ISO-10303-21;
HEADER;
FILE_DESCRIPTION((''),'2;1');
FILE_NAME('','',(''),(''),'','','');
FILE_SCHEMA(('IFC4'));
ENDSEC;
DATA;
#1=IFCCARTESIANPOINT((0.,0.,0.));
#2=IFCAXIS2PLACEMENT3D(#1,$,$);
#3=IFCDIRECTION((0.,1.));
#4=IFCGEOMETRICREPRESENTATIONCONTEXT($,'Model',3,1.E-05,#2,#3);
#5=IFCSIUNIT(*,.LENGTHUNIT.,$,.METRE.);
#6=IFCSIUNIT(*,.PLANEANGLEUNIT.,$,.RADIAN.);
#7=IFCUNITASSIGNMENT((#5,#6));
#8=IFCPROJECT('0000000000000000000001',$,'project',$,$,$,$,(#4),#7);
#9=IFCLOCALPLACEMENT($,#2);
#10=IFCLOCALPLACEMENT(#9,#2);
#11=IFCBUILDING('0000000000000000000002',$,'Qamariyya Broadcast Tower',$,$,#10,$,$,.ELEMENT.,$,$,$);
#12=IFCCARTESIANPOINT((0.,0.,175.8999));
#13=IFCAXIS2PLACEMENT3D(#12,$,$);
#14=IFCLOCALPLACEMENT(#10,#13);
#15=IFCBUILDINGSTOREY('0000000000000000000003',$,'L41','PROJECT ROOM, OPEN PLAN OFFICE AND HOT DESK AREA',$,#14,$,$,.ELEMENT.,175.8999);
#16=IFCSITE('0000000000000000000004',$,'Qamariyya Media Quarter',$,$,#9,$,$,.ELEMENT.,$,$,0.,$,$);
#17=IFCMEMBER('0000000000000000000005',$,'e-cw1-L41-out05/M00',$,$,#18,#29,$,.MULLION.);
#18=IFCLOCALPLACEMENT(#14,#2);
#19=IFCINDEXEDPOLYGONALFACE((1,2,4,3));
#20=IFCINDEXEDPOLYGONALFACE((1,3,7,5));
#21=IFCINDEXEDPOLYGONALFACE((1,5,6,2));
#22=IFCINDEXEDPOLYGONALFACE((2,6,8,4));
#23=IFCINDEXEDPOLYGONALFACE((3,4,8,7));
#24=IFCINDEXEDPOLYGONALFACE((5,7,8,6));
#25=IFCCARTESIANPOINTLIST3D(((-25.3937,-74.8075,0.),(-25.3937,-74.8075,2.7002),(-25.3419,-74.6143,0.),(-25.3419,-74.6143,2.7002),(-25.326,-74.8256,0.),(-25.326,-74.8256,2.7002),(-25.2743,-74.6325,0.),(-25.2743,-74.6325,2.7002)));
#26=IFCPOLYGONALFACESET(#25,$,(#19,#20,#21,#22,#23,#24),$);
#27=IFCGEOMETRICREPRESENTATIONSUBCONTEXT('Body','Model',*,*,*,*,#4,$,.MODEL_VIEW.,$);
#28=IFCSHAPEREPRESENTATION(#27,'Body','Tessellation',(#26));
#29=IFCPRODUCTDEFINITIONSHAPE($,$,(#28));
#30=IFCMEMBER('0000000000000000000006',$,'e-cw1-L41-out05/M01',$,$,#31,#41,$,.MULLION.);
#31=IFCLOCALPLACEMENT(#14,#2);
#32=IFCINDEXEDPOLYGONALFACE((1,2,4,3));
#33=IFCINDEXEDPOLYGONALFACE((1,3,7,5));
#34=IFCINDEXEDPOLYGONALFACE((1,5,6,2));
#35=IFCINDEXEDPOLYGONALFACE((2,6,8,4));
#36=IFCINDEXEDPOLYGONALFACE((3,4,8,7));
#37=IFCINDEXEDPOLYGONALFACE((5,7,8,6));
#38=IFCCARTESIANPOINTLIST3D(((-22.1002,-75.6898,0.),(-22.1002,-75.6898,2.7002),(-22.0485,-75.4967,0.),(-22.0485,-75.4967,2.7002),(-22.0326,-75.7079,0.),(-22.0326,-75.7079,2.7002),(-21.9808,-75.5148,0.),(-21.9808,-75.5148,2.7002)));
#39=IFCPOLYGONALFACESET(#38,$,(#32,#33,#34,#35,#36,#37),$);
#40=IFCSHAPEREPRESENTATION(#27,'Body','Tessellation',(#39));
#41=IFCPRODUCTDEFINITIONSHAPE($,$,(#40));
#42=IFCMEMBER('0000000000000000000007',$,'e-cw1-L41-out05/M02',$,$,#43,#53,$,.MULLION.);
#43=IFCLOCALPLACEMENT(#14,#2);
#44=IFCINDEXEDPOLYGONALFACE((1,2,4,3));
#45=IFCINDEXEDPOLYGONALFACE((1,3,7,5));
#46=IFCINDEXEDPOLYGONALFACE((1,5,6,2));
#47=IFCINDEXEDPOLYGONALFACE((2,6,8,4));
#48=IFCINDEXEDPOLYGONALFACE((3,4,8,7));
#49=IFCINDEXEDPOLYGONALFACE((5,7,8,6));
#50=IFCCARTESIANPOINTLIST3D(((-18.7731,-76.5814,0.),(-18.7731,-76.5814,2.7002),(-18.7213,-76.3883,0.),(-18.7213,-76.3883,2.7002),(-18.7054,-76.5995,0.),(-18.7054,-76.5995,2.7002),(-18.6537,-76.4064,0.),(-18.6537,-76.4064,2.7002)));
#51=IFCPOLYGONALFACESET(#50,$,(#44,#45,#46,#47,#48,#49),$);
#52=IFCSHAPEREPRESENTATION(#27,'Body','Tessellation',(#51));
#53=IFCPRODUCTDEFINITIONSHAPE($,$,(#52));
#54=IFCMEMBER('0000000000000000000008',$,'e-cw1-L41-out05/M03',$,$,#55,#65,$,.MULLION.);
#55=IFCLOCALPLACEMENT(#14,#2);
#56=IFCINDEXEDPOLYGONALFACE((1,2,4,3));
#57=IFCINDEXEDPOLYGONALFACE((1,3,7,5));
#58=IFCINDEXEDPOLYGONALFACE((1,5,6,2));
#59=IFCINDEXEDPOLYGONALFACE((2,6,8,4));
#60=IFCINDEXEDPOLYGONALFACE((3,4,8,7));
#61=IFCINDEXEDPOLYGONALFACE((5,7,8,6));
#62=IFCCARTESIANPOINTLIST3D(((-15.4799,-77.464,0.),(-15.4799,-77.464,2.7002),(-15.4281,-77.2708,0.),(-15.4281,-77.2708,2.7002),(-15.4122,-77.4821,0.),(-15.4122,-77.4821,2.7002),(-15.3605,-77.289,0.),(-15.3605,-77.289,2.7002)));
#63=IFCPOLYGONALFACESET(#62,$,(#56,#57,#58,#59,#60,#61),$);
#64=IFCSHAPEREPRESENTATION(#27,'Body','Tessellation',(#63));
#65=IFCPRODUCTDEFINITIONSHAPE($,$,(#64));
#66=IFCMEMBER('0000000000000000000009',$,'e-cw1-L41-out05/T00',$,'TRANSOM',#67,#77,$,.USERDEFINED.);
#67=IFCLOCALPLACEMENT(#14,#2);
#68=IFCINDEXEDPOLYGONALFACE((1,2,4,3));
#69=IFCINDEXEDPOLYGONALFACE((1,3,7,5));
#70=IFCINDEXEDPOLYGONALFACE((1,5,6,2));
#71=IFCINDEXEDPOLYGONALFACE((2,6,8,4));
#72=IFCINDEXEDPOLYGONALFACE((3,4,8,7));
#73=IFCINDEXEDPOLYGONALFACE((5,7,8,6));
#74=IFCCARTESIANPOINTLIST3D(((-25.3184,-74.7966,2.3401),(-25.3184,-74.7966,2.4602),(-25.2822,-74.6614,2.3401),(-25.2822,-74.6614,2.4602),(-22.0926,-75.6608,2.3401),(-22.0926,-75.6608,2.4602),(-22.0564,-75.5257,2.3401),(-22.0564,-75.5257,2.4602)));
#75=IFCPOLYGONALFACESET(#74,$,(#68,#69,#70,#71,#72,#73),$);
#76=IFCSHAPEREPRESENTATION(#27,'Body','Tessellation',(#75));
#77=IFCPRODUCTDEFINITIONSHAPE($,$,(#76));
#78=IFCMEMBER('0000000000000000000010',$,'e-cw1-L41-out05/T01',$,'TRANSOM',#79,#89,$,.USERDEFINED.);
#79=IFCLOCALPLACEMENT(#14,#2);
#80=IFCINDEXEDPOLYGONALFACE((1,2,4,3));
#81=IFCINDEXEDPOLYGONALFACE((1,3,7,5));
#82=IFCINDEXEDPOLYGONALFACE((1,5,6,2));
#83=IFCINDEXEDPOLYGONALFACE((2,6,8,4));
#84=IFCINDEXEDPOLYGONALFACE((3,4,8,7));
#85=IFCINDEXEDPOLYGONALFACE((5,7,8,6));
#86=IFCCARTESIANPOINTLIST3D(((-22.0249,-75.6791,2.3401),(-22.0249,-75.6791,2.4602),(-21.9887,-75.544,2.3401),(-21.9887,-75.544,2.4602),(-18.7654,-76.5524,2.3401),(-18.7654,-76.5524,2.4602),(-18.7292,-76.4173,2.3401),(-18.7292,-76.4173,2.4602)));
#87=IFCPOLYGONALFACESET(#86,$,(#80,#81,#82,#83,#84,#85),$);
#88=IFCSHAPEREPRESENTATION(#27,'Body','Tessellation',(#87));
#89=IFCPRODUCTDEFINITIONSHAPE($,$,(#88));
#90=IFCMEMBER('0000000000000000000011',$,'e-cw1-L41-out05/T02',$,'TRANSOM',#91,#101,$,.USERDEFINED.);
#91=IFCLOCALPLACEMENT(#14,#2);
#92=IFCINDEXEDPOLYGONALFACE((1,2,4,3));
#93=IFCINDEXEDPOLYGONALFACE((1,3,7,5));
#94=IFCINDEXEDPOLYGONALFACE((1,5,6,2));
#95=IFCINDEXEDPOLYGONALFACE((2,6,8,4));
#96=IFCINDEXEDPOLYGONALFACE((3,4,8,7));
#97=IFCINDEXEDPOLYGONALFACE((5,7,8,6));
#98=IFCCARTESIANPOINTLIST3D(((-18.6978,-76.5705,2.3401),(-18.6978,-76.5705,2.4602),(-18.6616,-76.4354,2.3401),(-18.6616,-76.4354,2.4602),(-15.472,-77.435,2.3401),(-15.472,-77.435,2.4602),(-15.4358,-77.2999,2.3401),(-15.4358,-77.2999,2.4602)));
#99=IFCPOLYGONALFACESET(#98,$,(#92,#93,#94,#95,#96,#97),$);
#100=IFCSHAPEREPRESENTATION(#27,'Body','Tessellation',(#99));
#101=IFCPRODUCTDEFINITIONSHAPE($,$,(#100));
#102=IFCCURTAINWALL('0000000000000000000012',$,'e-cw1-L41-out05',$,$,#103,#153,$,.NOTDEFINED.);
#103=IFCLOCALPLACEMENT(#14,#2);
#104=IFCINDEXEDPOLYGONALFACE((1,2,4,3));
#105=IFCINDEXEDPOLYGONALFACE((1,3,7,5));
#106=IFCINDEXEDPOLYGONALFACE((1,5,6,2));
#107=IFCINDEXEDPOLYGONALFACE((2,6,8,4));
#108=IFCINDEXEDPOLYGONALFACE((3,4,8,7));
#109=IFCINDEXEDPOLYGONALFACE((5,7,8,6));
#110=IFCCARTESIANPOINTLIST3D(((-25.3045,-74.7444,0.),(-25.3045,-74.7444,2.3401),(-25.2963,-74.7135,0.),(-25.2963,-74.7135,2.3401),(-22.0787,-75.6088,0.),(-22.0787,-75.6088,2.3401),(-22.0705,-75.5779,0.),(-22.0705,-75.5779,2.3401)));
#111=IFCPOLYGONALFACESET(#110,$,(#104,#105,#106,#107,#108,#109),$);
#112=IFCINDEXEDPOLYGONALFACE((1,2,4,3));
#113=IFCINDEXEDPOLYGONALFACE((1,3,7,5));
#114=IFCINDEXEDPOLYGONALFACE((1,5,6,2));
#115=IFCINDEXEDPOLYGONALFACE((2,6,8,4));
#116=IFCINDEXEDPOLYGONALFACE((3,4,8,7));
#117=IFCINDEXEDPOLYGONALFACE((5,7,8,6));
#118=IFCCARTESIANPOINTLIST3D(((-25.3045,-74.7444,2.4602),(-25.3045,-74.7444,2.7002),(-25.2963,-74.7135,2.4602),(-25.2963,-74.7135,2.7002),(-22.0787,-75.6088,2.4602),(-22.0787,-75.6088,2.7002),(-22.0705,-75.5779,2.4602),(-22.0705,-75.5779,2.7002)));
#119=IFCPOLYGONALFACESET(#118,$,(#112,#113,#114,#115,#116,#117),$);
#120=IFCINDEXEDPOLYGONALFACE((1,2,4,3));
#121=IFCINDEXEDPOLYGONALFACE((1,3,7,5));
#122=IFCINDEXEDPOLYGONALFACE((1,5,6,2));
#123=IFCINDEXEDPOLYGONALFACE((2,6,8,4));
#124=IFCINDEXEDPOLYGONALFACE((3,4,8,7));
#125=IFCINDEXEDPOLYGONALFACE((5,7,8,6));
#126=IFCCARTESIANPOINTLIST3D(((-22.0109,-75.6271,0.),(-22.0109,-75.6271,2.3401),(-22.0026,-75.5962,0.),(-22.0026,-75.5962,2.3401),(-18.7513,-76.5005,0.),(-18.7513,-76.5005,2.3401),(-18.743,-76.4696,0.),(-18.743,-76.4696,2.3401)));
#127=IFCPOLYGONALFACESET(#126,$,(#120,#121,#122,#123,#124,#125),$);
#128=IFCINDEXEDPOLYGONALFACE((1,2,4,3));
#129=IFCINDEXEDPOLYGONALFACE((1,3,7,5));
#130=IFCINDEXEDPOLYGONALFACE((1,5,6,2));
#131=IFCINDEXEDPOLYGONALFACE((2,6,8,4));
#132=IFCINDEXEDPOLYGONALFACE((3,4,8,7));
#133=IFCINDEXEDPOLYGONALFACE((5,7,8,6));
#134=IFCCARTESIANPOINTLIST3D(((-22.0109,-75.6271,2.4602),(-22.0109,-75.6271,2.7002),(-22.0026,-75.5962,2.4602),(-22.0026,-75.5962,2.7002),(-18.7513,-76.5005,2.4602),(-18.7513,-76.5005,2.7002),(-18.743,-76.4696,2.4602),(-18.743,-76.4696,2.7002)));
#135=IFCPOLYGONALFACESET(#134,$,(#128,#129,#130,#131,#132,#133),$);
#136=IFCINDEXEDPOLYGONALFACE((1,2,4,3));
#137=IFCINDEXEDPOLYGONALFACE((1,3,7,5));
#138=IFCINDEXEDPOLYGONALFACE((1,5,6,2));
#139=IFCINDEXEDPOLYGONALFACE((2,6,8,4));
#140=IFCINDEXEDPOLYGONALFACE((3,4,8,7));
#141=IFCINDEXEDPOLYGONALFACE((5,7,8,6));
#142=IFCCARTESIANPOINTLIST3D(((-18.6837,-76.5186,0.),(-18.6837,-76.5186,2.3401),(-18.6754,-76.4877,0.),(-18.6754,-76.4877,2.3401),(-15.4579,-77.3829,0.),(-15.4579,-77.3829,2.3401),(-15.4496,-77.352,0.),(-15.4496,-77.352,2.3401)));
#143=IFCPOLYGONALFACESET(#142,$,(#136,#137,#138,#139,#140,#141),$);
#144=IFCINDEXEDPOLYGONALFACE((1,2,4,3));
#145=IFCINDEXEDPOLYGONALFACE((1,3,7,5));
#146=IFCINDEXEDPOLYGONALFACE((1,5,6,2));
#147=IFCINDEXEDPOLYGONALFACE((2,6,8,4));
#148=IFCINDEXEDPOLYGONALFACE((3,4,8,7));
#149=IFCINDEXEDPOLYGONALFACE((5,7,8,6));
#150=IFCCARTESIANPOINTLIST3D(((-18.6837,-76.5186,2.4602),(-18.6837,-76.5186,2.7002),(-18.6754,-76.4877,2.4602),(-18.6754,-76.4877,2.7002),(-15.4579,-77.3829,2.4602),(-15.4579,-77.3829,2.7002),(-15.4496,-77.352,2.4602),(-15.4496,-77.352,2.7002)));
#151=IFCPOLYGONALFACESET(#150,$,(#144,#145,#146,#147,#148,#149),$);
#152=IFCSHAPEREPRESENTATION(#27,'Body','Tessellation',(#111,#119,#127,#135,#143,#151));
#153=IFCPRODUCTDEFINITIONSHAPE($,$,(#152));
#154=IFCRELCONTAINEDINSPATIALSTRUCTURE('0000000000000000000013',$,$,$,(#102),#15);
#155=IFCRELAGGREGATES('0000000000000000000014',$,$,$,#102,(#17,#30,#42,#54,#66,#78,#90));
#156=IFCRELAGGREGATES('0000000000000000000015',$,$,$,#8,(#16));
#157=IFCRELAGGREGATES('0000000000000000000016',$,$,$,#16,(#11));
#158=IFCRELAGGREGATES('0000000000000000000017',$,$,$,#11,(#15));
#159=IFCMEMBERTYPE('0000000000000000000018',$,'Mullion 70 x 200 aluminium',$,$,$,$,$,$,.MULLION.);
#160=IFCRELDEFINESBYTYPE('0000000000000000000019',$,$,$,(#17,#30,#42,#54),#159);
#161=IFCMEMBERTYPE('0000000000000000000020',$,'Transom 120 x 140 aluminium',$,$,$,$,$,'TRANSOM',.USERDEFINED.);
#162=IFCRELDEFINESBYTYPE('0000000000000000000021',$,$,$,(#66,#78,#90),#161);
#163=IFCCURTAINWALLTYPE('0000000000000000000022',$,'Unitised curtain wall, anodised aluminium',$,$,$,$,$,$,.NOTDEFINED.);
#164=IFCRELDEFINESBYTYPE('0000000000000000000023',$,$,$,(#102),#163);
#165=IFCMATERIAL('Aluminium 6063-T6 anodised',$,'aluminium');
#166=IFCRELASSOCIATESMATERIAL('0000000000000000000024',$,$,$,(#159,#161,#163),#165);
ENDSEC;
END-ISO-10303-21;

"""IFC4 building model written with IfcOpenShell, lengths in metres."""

from ifc_helpers import new_model, si_unit, direction, frame, origin, origin_2d, place, context, subcontext, project, spatial, rectangle, extrude, material, material_profile, profile_set, type_object, element, aggregate, save


model = new_model("IFC4")

# Units and contexts
model_context = context("Model", 3, precision=1e-05, world=origin(), true_north=direction((0.0, 1.0)))
body_context = subcontext(model_context, "Body", "Model", "MODEL_VIEW")
ifc_project = project(units=[si_unit("LENGTHUNIT", "METRE"), si_unit("PLANEANGLEUNIT", "RADIAN")], contexts=[model_context])

# Members
ifc_material_1 = material(Name="Aluminium 6063-T6 anodised", Category="aluminium")
ifc_material_profile_1 = material_profile(ifc_material_1, rectangle(XDim=0.2, YDim=0.0701, at=origin_2d()))
ifc_profile_set_1 = profile_set([ifc_material_profile_1], Name="Aluminium 6063-T6 anodised")
member_type_1 = type_object("IfcMemberType", Name="Mullion 70 x 200 aluminium", PredefinedType="MULLION", material=ifc_profile_set_1)
site_placement = place(None, origin())
building_placement = place(site_placement, origin())
storey_placement = place(building_placement, frame((0.0, 0.0, 175.8999)))
member_1_placement = place(storey_placement, frame((-25.334, -74.72, 0.0), z_axis=(0.0, 0.0, 1.0), x_axis=(0.258819, 0.965926, 0.0)))
member_1 = element("IfcMember", 1, at=member_1_placement, type_object=member_type_1, Name="e-cw1-L41-out05/M00", PredefinedType="MULLION", context=body_context, shape_type="SweptSolid", body=[
    extrude(rectangle(XDim=0.2, YDim=0.0701, at=origin_2d()), origin(), (0.0, 0.0, 1.0), 2.7002),
])
member_2_placement = place(storey_placement, frame((-22.0405, -75.6023, 0.0), z_axis=(0.0, 0.0, 1.0), x_axis=(0.258819, 0.965926, 0.0)))
member_2 = element("IfcMember", 2, at=member_2_placement, type_object=member_type_1, Name="e-cw1-L41-out05/M01", PredefinedType="MULLION", context=body_context, shape_type="SweptSolid", body=[
    extrude(rectangle(XDim=0.2, YDim=0.0701, at=origin_2d()), origin(), (0.0, 0.0, 1.0), 2.7002),
])
member_3_placement = place(storey_placement, frame((-18.7134, -76.4939, 0.0), z_axis=(0.0, 0.0, 1.0), x_axis=(0.258819, 0.965926, 0.0)))
member_3 = element("IfcMember", 3, at=member_3_placement, type_object=member_type_1, Name="e-cw1-L41-out05/M02", PredefinedType="MULLION", context=body_context, shape_type="SweptSolid", body=[
    extrude(rectangle(XDim=0.2, YDim=0.0701, at=origin_2d()), origin(), (0.0, 0.0, 1.0), 2.7002),
])
member_4_placement = place(storey_placement, frame((-15.4202, -77.3765, 0.0), z_axis=(0.0, 0.0, 1.0), x_axis=(0.258819, 0.965926, 0.0)))
member_4 = element("IfcMember", 4, at=member_4_placement, type_object=member_type_1, Name="e-cw1-L41-out05/M03", PredefinedType="MULLION", context=body_context, shape_type="SweptSolid", body=[
    extrude(rectangle(XDim=0.2, YDim=0.0701, at=origin_2d()), origin(), (0.0, 0.0, 1.0), 2.7002),
])
ifc_material_profile_2 = material_profile(ifc_material_1, rectangle(XDim=0.1399, YDim=0.1201, at=origin_2d()))
ifc_profile_set_2 = profile_set([ifc_material_profile_2], Name="Aluminium 6063-T6 anodised")
member_type_2 = type_object("IfcMemberType", Name="Transom 120 x 140 aluminium", ElementType="TRANSOM", PredefinedType="USERDEFINED", material=ifc_profile_set_2)
member_5_placement = place(storey_placement, frame((-25.3003, -74.729, 2.4001), z_axis=(0.965933, -0.258791, 0.0), x_axis=(0.258791, 0.965933, 0.0)))
member_5 = element("IfcMember", 5, at=member_5_placement, type_object=member_type_2, Name="e-cw1-L41-out05/T00", ObjectType="TRANSOM", PredefinedType="USERDEFINED", context=body_context, shape_type="SweptSolid", body=[
    extrude(rectangle(XDim=0.1399, YDim=0.1201, at=origin_2d()), origin(), (0.0, 0.0, 1.0), 3.3396),
])
member_6_placement = place(storey_placement, frame((-22.0068, -75.6116, 2.4001), z_axis=(0.965933, -0.258793, 0.0), x_axis=(0.258793, 0.965933, 0.0)))
member_6 = element("IfcMember", 6, at=member_6_placement, type_object=member_type_2, Name="e-cw1-L41-out05/T01", ObjectType="TRANSOM", PredefinedType="USERDEFINED", context=body_context, shape_type="SweptSolid", body=[
    extrude(rectangle(XDim=0.1399, YDim=0.1201, at=origin_2d()), origin(), (0.0, 0.0, 1.0), 3.3745),
])
member_7_placement = place(storey_placement, frame((-18.6797, -76.5029, 2.4001), z_axis=(0.965915, -0.258859, 0.0), x_axis=(0.258859, 0.965915, 0.0)))
member_7 = element("IfcMember", 7, at=member_7_placement, type_object=member_type_2, Name="e-cw1-L41-out05/T02", ObjectType="TRANSOM", PredefinedType="USERDEFINED", context=body_context, shape_type="SweptSolid", body=[
    extrude(rectangle(XDim=0.1399, YDim=0.1201, at=origin_2d()), origin(), (0.0, 0.0, 1.0), 3.3396),
])

# Site, building, storey
site = spatial("IfcSite", under=ifc_project, at=site_placement, Name="Qamariyya Media Quarter", CompositionType="ELEMENT", RefElevation=0.0)
building = spatial("IfcBuilding", under=site, at=building_placement, Name="Qamariyya Broadcast Tower", CompositionType="ELEMENT")
storey = spatial("IfcBuildingStorey", under=building, at=storey_placement, Name="L41", Description="PROJECT ROOM, OPEN PLAN OFFICE AND HOT DESK AREA", CompositionType="ELEMENT", Elevation=175.8999)

# Curtain wall
curtain_wall_type = type_object("IfcCurtainWallType", Name="Unitised curtain wall, anodised aluminium", PredefinedType="NOTDEFINED", material=ifc_material_1)
curtain_wall_1_placement = place(storey_placement, origin())
curtain_wall_1 = element("IfcCurtainWall", 8, at=curtain_wall_1_placement, inside=storey, type_object=curtain_wall_type, Name="e-cw1-L41-out05", PredefinedType="NOTDEFINED", context=body_context, shape_type="SweptSolid", body=[
    extrude(rectangle(XDim=3.3396, YDim=0.032, at=origin_2d()), frame((-23.6875, -75.1611, 0.0), x_axis=(0.965926, -0.258817, 0.0)), (0.0, 0.0, 1.0), 2.3401),
    extrude(rectangle(XDim=3.3396, YDim=0.032, at=origin_2d()), frame((-23.6875, -75.1611, 2.4602), x_axis=(0.965926, -0.258817, 0.0)), (0.0, 0.0, 1.0), 0.24),
    extrude(rectangle(XDim=3.3745, YDim=0.032, at=origin_2d()), frame((-20.377, -76.0483, 0.0), x_axis=(0.965926, -0.258817, 0.0)), (0.0, 0.0, 1.0), 2.3401),
    extrude(rectangle(XDim=3.3745, YDim=0.032, at=origin_2d()), frame((-20.377, -76.0483, 2.4602), x_axis=(0.965926, -0.258817, 0.0)), (0.0, 0.0, 1.0), 0.24),
    extrude(rectangle(XDim=3.3396, YDim=0.032, at=origin_2d()), frame((-17.0667, -76.9353, 0.0), x_axis=(0.965926, -0.258817, 0.0)), (0.0, 0.0, 1.0), 2.3401),
    extrude(rectangle(XDim=3.3396, YDim=0.032, at=origin_2d()), frame((-17.0667, -76.9353, 2.4602), x_axis=(0.965926, -0.258817, 0.0)), (0.0, 0.0, 1.0), 0.24),
])
aggregate(curtain_wall_1, [member_1, member_2, member_3, member_4, member_5, member_6, member_7])

save(model, "model.ifc")
